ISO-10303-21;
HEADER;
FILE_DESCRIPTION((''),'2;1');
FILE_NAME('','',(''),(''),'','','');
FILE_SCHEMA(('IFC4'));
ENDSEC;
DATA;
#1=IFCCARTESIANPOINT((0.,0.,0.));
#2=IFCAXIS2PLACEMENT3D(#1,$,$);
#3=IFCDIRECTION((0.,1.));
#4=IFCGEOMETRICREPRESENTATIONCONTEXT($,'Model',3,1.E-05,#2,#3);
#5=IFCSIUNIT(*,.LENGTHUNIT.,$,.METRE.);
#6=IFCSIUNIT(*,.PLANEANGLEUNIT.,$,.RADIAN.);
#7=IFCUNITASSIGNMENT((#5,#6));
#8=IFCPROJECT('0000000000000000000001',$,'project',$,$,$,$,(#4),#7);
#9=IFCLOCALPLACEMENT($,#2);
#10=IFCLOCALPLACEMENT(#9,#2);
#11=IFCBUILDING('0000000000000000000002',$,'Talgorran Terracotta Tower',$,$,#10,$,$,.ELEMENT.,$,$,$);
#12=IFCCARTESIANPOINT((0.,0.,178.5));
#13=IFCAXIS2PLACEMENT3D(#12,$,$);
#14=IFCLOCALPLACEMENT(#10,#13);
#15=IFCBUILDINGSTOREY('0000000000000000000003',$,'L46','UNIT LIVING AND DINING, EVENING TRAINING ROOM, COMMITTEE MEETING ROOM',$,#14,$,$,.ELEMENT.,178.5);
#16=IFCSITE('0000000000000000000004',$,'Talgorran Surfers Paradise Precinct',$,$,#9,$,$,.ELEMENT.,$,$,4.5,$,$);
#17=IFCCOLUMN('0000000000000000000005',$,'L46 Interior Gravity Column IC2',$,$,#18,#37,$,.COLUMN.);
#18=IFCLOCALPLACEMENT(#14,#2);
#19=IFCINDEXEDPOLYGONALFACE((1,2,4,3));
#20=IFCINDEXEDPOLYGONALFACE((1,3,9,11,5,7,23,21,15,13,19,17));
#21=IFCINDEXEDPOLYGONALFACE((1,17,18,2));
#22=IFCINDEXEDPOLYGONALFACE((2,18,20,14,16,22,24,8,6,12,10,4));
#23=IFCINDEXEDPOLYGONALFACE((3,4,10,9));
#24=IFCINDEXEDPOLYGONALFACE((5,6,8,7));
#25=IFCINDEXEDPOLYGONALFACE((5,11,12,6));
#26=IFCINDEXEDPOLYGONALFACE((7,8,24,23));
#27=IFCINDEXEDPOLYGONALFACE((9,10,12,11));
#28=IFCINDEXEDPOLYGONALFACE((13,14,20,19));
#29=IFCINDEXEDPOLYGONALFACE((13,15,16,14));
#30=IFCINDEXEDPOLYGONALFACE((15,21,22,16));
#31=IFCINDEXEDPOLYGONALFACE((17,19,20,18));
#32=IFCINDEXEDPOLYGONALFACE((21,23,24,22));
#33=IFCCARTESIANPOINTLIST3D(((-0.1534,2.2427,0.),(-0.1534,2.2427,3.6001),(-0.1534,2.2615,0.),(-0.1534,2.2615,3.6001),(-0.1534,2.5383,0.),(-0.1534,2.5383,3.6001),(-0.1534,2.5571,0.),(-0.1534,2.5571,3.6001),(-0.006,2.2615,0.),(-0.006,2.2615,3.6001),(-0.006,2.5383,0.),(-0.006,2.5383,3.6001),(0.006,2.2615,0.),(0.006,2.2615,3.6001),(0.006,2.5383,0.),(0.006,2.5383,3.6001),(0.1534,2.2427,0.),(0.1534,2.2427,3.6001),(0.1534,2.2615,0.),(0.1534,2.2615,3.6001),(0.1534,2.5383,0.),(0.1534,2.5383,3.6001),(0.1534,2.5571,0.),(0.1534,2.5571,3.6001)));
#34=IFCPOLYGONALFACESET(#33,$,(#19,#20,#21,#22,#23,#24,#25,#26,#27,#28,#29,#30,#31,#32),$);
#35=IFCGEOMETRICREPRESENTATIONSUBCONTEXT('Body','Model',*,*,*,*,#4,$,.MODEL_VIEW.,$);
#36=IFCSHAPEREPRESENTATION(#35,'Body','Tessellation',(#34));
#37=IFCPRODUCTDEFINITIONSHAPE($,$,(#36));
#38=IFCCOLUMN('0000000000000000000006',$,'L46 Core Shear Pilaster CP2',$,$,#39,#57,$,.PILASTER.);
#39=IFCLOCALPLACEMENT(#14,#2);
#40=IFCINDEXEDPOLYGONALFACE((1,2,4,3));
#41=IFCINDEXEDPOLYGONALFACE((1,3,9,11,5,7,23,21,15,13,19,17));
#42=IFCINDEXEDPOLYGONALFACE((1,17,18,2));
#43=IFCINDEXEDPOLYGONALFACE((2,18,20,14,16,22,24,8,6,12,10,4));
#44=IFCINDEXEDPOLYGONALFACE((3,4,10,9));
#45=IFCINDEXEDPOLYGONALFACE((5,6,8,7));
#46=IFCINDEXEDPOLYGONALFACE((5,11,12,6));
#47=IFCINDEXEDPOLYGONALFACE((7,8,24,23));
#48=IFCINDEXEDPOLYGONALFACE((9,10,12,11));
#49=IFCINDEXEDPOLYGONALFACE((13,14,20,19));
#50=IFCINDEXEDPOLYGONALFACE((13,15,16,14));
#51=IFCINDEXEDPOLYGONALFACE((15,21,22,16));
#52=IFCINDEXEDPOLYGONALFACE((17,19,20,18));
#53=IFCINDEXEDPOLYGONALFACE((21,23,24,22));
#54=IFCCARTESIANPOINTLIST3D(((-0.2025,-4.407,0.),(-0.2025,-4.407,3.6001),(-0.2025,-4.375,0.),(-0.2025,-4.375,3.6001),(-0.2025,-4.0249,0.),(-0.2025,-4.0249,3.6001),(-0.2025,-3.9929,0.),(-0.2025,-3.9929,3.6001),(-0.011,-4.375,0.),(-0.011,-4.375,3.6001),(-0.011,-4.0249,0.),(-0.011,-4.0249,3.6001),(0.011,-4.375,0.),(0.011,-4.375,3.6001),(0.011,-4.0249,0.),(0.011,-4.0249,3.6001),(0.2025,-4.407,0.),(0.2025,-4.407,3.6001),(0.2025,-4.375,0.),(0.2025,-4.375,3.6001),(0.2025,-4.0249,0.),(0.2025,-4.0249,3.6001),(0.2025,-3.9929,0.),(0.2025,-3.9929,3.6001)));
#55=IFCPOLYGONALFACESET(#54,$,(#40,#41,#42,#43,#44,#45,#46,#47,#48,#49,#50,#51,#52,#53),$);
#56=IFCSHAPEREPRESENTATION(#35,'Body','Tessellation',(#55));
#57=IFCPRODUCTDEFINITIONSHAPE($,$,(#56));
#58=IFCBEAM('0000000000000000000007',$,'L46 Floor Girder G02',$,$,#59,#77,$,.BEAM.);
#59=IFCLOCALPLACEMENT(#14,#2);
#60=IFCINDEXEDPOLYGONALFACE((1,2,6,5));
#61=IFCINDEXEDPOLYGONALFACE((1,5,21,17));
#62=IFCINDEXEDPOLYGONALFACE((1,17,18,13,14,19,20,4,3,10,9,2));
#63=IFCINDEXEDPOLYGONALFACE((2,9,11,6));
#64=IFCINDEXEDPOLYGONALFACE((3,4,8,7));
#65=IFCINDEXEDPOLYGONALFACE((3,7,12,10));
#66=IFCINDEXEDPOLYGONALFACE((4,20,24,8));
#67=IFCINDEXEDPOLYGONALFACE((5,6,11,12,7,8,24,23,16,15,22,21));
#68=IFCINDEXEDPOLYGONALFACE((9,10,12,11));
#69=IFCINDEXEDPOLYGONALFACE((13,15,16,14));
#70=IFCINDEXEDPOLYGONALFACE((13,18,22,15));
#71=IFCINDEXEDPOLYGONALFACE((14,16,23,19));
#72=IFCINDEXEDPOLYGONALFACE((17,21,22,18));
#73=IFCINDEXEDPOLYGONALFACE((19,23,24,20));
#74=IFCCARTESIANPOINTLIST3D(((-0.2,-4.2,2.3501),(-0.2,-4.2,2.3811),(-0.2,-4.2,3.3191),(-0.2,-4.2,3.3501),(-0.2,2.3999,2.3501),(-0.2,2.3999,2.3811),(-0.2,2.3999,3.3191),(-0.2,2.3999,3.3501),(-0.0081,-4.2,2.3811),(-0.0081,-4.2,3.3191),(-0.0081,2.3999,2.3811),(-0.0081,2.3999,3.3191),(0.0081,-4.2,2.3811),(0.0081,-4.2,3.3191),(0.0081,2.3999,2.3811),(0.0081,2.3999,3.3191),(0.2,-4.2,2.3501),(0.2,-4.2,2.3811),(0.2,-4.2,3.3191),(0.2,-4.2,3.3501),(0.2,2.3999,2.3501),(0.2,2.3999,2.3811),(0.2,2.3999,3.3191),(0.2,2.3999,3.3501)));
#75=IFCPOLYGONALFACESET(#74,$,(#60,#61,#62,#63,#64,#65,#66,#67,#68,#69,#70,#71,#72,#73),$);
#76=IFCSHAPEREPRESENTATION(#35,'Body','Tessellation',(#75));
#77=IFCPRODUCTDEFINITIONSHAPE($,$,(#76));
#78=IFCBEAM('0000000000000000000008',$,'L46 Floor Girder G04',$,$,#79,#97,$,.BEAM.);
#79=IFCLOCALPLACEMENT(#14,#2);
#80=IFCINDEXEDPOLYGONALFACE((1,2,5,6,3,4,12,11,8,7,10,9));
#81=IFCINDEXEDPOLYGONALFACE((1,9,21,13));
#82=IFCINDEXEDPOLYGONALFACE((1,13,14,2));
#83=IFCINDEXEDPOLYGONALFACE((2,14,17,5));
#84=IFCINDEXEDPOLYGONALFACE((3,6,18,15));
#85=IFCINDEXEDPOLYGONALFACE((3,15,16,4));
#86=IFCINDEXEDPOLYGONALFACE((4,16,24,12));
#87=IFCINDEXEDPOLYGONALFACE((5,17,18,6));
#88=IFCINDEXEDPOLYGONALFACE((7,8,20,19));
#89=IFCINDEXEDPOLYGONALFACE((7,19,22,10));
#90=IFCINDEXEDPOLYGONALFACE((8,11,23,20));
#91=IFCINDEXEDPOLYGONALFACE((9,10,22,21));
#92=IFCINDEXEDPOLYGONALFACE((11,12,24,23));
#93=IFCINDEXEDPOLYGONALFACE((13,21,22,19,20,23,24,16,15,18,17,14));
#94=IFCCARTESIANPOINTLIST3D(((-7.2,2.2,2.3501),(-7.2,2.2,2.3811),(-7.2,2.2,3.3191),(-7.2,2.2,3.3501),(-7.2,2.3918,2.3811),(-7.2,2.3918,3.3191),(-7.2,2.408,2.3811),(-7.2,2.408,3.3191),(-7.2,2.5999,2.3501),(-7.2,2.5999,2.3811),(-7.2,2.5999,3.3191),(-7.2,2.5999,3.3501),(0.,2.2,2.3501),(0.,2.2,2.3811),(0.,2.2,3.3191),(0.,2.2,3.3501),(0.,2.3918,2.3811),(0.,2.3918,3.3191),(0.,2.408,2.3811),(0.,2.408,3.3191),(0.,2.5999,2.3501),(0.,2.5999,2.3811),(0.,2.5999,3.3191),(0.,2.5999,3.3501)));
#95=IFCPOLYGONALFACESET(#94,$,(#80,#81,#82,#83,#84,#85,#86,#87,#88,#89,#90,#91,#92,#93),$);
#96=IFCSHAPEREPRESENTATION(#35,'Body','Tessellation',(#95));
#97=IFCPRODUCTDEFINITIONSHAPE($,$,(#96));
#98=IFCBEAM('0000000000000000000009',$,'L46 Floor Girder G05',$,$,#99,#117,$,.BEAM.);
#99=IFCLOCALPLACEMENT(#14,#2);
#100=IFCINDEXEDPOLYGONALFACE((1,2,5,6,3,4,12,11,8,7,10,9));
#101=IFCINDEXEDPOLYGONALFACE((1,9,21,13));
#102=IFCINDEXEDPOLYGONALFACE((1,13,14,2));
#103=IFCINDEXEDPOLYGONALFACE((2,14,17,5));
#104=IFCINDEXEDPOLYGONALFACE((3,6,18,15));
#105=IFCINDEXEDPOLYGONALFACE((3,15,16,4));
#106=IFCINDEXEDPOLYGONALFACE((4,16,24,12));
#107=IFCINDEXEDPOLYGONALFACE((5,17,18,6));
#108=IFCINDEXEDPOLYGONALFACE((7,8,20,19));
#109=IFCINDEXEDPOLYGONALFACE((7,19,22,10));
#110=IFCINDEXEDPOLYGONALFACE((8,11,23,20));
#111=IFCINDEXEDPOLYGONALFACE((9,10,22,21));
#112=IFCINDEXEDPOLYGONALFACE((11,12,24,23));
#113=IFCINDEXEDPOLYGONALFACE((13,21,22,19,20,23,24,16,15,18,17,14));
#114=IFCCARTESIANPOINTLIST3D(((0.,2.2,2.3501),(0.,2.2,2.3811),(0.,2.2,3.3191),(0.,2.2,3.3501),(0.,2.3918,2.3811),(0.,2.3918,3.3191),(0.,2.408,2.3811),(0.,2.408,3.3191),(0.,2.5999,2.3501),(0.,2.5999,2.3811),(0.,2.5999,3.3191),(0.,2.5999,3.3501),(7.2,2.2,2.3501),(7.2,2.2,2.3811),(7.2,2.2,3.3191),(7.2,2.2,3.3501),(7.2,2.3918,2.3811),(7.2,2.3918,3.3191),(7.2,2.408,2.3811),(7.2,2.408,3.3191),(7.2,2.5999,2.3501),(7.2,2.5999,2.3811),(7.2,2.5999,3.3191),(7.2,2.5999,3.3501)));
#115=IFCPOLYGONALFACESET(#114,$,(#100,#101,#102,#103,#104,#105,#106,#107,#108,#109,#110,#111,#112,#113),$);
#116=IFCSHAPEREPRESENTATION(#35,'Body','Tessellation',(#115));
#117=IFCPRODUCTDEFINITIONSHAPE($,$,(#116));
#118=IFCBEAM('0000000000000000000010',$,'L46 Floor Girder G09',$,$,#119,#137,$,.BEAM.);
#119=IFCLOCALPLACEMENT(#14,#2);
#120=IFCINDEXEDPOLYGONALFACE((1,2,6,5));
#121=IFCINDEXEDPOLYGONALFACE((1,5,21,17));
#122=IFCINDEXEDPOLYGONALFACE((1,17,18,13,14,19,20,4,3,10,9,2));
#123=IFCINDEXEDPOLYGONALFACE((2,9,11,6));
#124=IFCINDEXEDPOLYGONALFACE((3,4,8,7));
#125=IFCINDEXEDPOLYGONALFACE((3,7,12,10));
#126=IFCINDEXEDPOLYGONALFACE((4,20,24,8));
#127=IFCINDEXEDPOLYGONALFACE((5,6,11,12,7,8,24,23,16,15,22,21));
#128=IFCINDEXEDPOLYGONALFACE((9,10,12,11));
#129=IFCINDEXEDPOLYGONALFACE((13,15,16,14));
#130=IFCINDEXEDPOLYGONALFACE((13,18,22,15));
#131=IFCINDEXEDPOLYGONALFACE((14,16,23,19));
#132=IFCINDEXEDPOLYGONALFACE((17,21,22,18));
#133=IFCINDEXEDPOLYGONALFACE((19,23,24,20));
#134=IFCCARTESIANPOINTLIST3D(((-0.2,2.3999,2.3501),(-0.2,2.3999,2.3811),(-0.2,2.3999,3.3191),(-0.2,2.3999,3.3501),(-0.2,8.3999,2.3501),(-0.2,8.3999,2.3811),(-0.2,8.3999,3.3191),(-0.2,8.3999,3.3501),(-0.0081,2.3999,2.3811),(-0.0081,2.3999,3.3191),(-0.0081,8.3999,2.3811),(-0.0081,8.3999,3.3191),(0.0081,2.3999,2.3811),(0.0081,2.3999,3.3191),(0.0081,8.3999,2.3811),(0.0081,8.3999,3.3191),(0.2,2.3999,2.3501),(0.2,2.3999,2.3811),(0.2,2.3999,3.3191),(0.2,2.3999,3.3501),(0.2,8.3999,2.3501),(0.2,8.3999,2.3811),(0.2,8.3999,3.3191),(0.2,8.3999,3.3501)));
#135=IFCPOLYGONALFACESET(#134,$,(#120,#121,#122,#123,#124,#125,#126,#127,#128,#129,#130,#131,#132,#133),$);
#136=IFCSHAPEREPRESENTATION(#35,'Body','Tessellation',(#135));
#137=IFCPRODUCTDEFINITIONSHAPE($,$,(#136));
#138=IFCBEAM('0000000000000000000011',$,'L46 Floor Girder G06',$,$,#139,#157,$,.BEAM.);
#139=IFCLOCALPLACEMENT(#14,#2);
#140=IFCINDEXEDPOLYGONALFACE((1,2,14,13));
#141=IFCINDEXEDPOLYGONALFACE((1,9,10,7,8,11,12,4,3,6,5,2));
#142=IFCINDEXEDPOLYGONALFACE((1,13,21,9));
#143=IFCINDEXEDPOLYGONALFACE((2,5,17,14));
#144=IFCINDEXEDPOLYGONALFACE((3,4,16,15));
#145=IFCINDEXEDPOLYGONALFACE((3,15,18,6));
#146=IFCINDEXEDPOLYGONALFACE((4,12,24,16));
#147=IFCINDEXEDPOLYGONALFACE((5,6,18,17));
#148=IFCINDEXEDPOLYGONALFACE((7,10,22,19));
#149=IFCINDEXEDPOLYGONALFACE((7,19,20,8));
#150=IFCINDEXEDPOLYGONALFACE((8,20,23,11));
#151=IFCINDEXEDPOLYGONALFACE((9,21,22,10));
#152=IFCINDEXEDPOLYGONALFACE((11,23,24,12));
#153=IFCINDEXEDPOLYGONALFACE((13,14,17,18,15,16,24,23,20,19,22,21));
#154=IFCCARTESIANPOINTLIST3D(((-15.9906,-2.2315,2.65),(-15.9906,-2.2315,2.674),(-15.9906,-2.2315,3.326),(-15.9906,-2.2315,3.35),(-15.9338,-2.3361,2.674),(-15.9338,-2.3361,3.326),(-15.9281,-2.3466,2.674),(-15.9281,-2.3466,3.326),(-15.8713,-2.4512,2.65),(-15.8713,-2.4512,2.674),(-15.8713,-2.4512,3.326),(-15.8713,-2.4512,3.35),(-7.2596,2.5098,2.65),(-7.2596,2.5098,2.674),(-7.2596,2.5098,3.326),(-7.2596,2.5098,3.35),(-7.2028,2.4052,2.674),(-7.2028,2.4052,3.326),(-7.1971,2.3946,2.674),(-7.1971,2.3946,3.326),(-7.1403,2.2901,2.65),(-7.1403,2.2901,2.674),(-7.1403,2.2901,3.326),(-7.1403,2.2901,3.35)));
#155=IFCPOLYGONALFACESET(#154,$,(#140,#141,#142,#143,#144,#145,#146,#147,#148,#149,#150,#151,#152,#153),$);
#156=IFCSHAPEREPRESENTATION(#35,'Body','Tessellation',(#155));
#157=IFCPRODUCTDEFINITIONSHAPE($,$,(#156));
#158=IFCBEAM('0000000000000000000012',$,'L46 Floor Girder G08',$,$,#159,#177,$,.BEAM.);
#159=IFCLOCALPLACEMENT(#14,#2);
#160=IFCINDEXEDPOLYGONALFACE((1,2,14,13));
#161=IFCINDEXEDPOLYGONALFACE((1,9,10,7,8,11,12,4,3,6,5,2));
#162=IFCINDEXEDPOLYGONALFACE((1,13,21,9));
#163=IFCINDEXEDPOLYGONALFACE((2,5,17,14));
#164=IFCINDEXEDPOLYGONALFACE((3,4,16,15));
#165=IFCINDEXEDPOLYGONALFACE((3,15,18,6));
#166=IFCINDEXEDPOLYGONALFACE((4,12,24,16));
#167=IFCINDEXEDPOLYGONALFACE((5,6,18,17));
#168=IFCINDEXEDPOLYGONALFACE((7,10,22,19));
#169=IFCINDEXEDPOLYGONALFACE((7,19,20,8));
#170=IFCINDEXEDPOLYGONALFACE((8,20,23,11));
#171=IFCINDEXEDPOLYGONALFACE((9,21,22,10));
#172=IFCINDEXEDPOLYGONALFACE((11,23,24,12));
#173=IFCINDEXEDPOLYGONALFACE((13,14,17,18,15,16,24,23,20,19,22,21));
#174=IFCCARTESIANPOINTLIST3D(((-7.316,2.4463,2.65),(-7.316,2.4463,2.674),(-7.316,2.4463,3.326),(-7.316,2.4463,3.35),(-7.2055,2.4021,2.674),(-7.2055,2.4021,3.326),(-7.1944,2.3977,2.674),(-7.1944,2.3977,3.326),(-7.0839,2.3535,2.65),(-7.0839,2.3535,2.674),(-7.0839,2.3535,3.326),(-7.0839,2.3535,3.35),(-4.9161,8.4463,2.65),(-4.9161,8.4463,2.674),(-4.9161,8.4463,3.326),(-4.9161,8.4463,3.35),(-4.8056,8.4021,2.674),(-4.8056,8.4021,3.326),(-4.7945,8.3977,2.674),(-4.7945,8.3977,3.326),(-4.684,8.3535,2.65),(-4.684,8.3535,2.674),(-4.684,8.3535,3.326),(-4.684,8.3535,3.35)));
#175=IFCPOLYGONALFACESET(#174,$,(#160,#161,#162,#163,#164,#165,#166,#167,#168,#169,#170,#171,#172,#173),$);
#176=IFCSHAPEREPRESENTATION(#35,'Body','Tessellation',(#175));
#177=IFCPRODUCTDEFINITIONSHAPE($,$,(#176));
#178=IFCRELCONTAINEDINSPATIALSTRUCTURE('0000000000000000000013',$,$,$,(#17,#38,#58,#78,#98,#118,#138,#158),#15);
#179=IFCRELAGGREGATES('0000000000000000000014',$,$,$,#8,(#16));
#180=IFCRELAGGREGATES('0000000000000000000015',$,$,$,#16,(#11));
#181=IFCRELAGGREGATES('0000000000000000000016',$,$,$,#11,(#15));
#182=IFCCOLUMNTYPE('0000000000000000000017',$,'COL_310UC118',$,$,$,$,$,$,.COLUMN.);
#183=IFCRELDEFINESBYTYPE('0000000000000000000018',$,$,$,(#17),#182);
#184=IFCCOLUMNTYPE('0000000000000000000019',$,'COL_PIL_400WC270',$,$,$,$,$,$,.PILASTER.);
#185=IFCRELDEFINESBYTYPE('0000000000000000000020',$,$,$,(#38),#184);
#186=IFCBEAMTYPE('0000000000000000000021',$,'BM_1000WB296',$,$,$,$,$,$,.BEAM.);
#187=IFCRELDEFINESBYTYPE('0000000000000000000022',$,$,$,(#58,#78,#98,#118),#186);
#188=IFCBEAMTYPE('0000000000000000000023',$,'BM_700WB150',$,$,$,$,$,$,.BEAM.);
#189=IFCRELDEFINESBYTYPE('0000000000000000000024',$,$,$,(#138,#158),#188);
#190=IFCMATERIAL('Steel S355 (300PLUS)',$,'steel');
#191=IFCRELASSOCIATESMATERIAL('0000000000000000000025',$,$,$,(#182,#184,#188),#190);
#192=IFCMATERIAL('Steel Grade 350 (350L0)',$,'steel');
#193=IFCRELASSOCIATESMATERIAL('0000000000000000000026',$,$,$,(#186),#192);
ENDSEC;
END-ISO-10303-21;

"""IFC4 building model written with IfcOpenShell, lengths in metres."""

from ifc_helpers import new_model, si_unit, direction, frame, origin, origin_2d, place, context, subcontext, project, spatial, i_section, extrude, material, material_profile, profile_set, type_object, element, save


model = new_model("IFC4")

# Units and contexts
model_context = context("Model", 3, precision=1e-05, world=origin(), true_north=direction((0.0, 1.0)))
body_context = subcontext(model_context, "Body", "Model", "MODEL_VIEW")
ifc_project = project(units=[si_unit("LENGTHUNIT", "METRE"), si_unit("PLANEANGLEUNIT", "RADIAN")], contexts=[model_context])

# Site, building, storey
site_placement = place(None, origin())
site = spatial("IfcSite", under=ifc_project, at=site_placement, Name="Talgorran Surfers Paradise Precinct", CompositionType="ELEMENT", RefElevation=4.5)
building_placement = place(site_placement, origin())
building = spatial("IfcBuilding", under=site, at=building_placement, Name="Talgorran Terracotta Tower", CompositionType="ELEMENT")
storey_placement = place(building_placement, frame((0.0, 0.0, 178.5)))
storey = spatial("IfcBuildingStorey", under=building, at=storey_placement, Name="L46", Description="UNIT LIVING AND DINING, EVENING TRAINING ROOM, COMMITTEE MEETING ROOM", CompositionType="ELEMENT", Elevation=178.5)

# Columns
ifc_material_1 = material(Name="Steel S355 (300PLUS)", Category="steel")
ifc_material_profile_1 = material_profile(ifc_material_1, i_section(OverallWidth=0.3069, OverallDepth=0.3145, WebThickness=0.012, FlangeThickness=0.0188, at=origin_2d()), Name="310UC118")
ifc_profile_set_1 = profile_set([ifc_material_profile_1], Name="Steel S355 (300PLUS)")
column_type_1 = type_object("IfcColumnType", Name="COL_310UC118", PredefinedType="COLUMN", material=ifc_profile_set_1)
column_1_placement = place(storey_placement, frame((0.0, 2.3999, 0.0), z_axis=(0.0, 0.0, 1.0), x_axis=(1.0, 0.0, 0.0)))
element("IfcColumn", 1, at=column_1_placement, inside=storey, type_object=column_type_1, Name="L46 Interior Gravity Column IC2", PredefinedType="COLUMN", context=body_context, shape_type="SweptSolid", body=[
    extrude(i_section(OverallWidth=0.3069, OverallDepth=0.3145, WebThickness=0.012, FlangeThickness=0.0188, at=origin_2d()), origin(), (0.0, 0.0, 1.0), 3.6001),
])
ifc_material_profile_2 = material_profile(ifc_material_1, i_section(OverallWidth=0.405, OverallDepth=0.4141, WebThickness=0.022, FlangeThickness=0.032, at=origin_2d()), Name="400WC270")
ifc_profile_set_2 = profile_set([ifc_material_profile_2], Name="Steel S355 (300PLUS)")
column_type_2 = type_object("IfcColumnType", Name="COL_PIL_400WC270", PredefinedType="PILASTER", material=ifc_profile_set_2)
column_2_placement = place(storey_placement, frame((0.0, -4.2, 0.0), z_axis=(0.0, 0.0, 1.0), x_axis=(1.0, 0.0, 0.0)))
element("IfcColumn", 2, at=column_2_placement, inside=storey, type_object=column_type_2, Name="L46 Core Shear Pilaster CP2", PredefinedType="PILASTER", context=body_context, shape_type="SweptSolid", body=[
    extrude(i_section(OverallWidth=0.405, OverallDepth=0.4141, WebThickness=0.022, FlangeThickness=0.032, at=origin_2d()), origin(), (0.0, 0.0, 1.0), 3.6001),
])

# Beams
ifc_material_2 = material(Name="Steel Grade 350 (350L0)", Category="steel")
ifc_material_profile_3 = material_profile(ifc_material_2, i_section(OverallWidth=0.3999, OverallDepth=1.0, WebThickness=0.0161, FlangeThickness=0.031, at=origin_2d()), Name="1000WB296")
ifc_profile_set_3 = profile_set([ifc_material_profile_3], Name="Steel Grade 350 (350L0)")
beam_type_1 = type_object("IfcBeamType", Name="BM_1000WB296", PredefinedType="BEAM", material=ifc_profile_set_3)
beam_1_placement = place(storey_placement, frame((0.0, -4.2, 2.8501), z_axis=(0.0, 1.0, 0.0), x_axis=(-1.0, 0.0, 0.0)))
element("IfcBeam", 3, at=beam_1_placement, inside=storey, type_object=beam_type_1, Name="L46 Floor Girder G02", PredefinedType="BEAM", context=body_context, shape_type="SweptSolid", body=[
    extrude(i_section(OverallWidth=0.3999, OverallDepth=1.0, WebThickness=0.0161, FlangeThickness=0.031, at=origin_2d()), origin(), (0.0, 0.0, 1.0), 6.5999),
])
for number, where, z_axis, x_axis, name in (
    (4, (-7.2, 2.3999, 2.8501), (1.0, 0.0, 0.0), (0.0, 1.0, 0.0), "L46 Floor Girder G04"),
    (5, (0.0, 2.3999, 2.8501), (1.0, 0.0, 0.0), (0.0, 1.0, 0.0), "L46 Floor Girder G05"),
):
    element("IfcBeam", number, at=place(storey_placement, frame(where, z_axis=z_axis, x_axis=x_axis)), inside=storey, type_object=beam_type_1, Name=name, PredefinedType="BEAM", context=body_context, shape_type="SweptSolid", body=[
        extrude(i_section(OverallWidth=0.3999, OverallDepth=1.0, WebThickness=0.0161, FlangeThickness=0.031, at=origin_2d()), origin(), (0.0, 0.0, 1.0), 7.2),
    ])
beam_2_placement = place(storey_placement, frame((0.0, 2.3999, 2.8501), z_axis=(0.0, 1.0, 0.0), x_axis=(-1.0, 0.0, 0.0)))
element("IfcBeam", 6, at=beam_2_placement, inside=storey, type_object=beam_type_1, Name="L46 Floor Girder G09", PredefinedType="BEAM", context=body_context, shape_type="SweptSolid", body=[
    extrude(i_section(OverallWidth=0.3999, OverallDepth=1.0, WebThickness=0.0161, FlangeThickness=0.031, at=origin_2d()), origin(), (0.0, 0.0, 1.0), 6.0),
])
ifc_material_profile_4 = material_profile(ifc_material_1, i_section(OverallWidth=0.25, OverallDepth=0.7, WebThickness=0.012, FlangeThickness=0.0239, at=origin_2d()), Name="700WB150")
ifc_profile_set_4 = profile_set([ifc_material_profile_4], Name="Steel S355 (300PLUS)")
beam_type_2 = type_object("IfcBeamType", Name="BM_700WB150", PredefinedType="BEAM", material=ifc_profile_set_4)
beam_3_placement = place(storey_placement, frame((-7.2, 2.3999, 3.0), z_axis=(-0.878788, -0.477212, 0.0), x_axis=(0.477212, -0.878788, 0.0)))
element("IfcBeam", 7, at=beam_3_placement, inside=storey, type_object=beam_type_2, Name="L46 Floor Girder G06", PredefinedType="BEAM", context=body_context, shape_type="SweptSolid", body=[
    extrude(i_section(OverallWidth=0.25, OverallDepth=0.7, WebThickness=0.012, FlangeThickness=0.0239, at=origin_2d()), origin(), (0.0, 0.0, 1.0), 9.9353),
])
beam_4_placement = place(storey_placement, frame((-7.2, 2.3999, 3.0), z_axis=(0.371378, 0.928482, 0.0), x_axis=(-0.928482, 0.371378, 0.0)))
element("IfcBeam", 8, at=beam_4_placement, inside=storey, type_object=beam_type_2, Name="L46 Floor Girder G08", PredefinedType="BEAM", context=body_context, shape_type="SweptSolid", body=[
    extrude(i_section(OverallWidth=0.25, OverallDepth=0.7, WebThickness=0.012, FlangeThickness=0.0239, at=origin_2d()), origin(), (0.0, 0.0, 1.0), 6.4622),
])

save(model, "model.ifc")
